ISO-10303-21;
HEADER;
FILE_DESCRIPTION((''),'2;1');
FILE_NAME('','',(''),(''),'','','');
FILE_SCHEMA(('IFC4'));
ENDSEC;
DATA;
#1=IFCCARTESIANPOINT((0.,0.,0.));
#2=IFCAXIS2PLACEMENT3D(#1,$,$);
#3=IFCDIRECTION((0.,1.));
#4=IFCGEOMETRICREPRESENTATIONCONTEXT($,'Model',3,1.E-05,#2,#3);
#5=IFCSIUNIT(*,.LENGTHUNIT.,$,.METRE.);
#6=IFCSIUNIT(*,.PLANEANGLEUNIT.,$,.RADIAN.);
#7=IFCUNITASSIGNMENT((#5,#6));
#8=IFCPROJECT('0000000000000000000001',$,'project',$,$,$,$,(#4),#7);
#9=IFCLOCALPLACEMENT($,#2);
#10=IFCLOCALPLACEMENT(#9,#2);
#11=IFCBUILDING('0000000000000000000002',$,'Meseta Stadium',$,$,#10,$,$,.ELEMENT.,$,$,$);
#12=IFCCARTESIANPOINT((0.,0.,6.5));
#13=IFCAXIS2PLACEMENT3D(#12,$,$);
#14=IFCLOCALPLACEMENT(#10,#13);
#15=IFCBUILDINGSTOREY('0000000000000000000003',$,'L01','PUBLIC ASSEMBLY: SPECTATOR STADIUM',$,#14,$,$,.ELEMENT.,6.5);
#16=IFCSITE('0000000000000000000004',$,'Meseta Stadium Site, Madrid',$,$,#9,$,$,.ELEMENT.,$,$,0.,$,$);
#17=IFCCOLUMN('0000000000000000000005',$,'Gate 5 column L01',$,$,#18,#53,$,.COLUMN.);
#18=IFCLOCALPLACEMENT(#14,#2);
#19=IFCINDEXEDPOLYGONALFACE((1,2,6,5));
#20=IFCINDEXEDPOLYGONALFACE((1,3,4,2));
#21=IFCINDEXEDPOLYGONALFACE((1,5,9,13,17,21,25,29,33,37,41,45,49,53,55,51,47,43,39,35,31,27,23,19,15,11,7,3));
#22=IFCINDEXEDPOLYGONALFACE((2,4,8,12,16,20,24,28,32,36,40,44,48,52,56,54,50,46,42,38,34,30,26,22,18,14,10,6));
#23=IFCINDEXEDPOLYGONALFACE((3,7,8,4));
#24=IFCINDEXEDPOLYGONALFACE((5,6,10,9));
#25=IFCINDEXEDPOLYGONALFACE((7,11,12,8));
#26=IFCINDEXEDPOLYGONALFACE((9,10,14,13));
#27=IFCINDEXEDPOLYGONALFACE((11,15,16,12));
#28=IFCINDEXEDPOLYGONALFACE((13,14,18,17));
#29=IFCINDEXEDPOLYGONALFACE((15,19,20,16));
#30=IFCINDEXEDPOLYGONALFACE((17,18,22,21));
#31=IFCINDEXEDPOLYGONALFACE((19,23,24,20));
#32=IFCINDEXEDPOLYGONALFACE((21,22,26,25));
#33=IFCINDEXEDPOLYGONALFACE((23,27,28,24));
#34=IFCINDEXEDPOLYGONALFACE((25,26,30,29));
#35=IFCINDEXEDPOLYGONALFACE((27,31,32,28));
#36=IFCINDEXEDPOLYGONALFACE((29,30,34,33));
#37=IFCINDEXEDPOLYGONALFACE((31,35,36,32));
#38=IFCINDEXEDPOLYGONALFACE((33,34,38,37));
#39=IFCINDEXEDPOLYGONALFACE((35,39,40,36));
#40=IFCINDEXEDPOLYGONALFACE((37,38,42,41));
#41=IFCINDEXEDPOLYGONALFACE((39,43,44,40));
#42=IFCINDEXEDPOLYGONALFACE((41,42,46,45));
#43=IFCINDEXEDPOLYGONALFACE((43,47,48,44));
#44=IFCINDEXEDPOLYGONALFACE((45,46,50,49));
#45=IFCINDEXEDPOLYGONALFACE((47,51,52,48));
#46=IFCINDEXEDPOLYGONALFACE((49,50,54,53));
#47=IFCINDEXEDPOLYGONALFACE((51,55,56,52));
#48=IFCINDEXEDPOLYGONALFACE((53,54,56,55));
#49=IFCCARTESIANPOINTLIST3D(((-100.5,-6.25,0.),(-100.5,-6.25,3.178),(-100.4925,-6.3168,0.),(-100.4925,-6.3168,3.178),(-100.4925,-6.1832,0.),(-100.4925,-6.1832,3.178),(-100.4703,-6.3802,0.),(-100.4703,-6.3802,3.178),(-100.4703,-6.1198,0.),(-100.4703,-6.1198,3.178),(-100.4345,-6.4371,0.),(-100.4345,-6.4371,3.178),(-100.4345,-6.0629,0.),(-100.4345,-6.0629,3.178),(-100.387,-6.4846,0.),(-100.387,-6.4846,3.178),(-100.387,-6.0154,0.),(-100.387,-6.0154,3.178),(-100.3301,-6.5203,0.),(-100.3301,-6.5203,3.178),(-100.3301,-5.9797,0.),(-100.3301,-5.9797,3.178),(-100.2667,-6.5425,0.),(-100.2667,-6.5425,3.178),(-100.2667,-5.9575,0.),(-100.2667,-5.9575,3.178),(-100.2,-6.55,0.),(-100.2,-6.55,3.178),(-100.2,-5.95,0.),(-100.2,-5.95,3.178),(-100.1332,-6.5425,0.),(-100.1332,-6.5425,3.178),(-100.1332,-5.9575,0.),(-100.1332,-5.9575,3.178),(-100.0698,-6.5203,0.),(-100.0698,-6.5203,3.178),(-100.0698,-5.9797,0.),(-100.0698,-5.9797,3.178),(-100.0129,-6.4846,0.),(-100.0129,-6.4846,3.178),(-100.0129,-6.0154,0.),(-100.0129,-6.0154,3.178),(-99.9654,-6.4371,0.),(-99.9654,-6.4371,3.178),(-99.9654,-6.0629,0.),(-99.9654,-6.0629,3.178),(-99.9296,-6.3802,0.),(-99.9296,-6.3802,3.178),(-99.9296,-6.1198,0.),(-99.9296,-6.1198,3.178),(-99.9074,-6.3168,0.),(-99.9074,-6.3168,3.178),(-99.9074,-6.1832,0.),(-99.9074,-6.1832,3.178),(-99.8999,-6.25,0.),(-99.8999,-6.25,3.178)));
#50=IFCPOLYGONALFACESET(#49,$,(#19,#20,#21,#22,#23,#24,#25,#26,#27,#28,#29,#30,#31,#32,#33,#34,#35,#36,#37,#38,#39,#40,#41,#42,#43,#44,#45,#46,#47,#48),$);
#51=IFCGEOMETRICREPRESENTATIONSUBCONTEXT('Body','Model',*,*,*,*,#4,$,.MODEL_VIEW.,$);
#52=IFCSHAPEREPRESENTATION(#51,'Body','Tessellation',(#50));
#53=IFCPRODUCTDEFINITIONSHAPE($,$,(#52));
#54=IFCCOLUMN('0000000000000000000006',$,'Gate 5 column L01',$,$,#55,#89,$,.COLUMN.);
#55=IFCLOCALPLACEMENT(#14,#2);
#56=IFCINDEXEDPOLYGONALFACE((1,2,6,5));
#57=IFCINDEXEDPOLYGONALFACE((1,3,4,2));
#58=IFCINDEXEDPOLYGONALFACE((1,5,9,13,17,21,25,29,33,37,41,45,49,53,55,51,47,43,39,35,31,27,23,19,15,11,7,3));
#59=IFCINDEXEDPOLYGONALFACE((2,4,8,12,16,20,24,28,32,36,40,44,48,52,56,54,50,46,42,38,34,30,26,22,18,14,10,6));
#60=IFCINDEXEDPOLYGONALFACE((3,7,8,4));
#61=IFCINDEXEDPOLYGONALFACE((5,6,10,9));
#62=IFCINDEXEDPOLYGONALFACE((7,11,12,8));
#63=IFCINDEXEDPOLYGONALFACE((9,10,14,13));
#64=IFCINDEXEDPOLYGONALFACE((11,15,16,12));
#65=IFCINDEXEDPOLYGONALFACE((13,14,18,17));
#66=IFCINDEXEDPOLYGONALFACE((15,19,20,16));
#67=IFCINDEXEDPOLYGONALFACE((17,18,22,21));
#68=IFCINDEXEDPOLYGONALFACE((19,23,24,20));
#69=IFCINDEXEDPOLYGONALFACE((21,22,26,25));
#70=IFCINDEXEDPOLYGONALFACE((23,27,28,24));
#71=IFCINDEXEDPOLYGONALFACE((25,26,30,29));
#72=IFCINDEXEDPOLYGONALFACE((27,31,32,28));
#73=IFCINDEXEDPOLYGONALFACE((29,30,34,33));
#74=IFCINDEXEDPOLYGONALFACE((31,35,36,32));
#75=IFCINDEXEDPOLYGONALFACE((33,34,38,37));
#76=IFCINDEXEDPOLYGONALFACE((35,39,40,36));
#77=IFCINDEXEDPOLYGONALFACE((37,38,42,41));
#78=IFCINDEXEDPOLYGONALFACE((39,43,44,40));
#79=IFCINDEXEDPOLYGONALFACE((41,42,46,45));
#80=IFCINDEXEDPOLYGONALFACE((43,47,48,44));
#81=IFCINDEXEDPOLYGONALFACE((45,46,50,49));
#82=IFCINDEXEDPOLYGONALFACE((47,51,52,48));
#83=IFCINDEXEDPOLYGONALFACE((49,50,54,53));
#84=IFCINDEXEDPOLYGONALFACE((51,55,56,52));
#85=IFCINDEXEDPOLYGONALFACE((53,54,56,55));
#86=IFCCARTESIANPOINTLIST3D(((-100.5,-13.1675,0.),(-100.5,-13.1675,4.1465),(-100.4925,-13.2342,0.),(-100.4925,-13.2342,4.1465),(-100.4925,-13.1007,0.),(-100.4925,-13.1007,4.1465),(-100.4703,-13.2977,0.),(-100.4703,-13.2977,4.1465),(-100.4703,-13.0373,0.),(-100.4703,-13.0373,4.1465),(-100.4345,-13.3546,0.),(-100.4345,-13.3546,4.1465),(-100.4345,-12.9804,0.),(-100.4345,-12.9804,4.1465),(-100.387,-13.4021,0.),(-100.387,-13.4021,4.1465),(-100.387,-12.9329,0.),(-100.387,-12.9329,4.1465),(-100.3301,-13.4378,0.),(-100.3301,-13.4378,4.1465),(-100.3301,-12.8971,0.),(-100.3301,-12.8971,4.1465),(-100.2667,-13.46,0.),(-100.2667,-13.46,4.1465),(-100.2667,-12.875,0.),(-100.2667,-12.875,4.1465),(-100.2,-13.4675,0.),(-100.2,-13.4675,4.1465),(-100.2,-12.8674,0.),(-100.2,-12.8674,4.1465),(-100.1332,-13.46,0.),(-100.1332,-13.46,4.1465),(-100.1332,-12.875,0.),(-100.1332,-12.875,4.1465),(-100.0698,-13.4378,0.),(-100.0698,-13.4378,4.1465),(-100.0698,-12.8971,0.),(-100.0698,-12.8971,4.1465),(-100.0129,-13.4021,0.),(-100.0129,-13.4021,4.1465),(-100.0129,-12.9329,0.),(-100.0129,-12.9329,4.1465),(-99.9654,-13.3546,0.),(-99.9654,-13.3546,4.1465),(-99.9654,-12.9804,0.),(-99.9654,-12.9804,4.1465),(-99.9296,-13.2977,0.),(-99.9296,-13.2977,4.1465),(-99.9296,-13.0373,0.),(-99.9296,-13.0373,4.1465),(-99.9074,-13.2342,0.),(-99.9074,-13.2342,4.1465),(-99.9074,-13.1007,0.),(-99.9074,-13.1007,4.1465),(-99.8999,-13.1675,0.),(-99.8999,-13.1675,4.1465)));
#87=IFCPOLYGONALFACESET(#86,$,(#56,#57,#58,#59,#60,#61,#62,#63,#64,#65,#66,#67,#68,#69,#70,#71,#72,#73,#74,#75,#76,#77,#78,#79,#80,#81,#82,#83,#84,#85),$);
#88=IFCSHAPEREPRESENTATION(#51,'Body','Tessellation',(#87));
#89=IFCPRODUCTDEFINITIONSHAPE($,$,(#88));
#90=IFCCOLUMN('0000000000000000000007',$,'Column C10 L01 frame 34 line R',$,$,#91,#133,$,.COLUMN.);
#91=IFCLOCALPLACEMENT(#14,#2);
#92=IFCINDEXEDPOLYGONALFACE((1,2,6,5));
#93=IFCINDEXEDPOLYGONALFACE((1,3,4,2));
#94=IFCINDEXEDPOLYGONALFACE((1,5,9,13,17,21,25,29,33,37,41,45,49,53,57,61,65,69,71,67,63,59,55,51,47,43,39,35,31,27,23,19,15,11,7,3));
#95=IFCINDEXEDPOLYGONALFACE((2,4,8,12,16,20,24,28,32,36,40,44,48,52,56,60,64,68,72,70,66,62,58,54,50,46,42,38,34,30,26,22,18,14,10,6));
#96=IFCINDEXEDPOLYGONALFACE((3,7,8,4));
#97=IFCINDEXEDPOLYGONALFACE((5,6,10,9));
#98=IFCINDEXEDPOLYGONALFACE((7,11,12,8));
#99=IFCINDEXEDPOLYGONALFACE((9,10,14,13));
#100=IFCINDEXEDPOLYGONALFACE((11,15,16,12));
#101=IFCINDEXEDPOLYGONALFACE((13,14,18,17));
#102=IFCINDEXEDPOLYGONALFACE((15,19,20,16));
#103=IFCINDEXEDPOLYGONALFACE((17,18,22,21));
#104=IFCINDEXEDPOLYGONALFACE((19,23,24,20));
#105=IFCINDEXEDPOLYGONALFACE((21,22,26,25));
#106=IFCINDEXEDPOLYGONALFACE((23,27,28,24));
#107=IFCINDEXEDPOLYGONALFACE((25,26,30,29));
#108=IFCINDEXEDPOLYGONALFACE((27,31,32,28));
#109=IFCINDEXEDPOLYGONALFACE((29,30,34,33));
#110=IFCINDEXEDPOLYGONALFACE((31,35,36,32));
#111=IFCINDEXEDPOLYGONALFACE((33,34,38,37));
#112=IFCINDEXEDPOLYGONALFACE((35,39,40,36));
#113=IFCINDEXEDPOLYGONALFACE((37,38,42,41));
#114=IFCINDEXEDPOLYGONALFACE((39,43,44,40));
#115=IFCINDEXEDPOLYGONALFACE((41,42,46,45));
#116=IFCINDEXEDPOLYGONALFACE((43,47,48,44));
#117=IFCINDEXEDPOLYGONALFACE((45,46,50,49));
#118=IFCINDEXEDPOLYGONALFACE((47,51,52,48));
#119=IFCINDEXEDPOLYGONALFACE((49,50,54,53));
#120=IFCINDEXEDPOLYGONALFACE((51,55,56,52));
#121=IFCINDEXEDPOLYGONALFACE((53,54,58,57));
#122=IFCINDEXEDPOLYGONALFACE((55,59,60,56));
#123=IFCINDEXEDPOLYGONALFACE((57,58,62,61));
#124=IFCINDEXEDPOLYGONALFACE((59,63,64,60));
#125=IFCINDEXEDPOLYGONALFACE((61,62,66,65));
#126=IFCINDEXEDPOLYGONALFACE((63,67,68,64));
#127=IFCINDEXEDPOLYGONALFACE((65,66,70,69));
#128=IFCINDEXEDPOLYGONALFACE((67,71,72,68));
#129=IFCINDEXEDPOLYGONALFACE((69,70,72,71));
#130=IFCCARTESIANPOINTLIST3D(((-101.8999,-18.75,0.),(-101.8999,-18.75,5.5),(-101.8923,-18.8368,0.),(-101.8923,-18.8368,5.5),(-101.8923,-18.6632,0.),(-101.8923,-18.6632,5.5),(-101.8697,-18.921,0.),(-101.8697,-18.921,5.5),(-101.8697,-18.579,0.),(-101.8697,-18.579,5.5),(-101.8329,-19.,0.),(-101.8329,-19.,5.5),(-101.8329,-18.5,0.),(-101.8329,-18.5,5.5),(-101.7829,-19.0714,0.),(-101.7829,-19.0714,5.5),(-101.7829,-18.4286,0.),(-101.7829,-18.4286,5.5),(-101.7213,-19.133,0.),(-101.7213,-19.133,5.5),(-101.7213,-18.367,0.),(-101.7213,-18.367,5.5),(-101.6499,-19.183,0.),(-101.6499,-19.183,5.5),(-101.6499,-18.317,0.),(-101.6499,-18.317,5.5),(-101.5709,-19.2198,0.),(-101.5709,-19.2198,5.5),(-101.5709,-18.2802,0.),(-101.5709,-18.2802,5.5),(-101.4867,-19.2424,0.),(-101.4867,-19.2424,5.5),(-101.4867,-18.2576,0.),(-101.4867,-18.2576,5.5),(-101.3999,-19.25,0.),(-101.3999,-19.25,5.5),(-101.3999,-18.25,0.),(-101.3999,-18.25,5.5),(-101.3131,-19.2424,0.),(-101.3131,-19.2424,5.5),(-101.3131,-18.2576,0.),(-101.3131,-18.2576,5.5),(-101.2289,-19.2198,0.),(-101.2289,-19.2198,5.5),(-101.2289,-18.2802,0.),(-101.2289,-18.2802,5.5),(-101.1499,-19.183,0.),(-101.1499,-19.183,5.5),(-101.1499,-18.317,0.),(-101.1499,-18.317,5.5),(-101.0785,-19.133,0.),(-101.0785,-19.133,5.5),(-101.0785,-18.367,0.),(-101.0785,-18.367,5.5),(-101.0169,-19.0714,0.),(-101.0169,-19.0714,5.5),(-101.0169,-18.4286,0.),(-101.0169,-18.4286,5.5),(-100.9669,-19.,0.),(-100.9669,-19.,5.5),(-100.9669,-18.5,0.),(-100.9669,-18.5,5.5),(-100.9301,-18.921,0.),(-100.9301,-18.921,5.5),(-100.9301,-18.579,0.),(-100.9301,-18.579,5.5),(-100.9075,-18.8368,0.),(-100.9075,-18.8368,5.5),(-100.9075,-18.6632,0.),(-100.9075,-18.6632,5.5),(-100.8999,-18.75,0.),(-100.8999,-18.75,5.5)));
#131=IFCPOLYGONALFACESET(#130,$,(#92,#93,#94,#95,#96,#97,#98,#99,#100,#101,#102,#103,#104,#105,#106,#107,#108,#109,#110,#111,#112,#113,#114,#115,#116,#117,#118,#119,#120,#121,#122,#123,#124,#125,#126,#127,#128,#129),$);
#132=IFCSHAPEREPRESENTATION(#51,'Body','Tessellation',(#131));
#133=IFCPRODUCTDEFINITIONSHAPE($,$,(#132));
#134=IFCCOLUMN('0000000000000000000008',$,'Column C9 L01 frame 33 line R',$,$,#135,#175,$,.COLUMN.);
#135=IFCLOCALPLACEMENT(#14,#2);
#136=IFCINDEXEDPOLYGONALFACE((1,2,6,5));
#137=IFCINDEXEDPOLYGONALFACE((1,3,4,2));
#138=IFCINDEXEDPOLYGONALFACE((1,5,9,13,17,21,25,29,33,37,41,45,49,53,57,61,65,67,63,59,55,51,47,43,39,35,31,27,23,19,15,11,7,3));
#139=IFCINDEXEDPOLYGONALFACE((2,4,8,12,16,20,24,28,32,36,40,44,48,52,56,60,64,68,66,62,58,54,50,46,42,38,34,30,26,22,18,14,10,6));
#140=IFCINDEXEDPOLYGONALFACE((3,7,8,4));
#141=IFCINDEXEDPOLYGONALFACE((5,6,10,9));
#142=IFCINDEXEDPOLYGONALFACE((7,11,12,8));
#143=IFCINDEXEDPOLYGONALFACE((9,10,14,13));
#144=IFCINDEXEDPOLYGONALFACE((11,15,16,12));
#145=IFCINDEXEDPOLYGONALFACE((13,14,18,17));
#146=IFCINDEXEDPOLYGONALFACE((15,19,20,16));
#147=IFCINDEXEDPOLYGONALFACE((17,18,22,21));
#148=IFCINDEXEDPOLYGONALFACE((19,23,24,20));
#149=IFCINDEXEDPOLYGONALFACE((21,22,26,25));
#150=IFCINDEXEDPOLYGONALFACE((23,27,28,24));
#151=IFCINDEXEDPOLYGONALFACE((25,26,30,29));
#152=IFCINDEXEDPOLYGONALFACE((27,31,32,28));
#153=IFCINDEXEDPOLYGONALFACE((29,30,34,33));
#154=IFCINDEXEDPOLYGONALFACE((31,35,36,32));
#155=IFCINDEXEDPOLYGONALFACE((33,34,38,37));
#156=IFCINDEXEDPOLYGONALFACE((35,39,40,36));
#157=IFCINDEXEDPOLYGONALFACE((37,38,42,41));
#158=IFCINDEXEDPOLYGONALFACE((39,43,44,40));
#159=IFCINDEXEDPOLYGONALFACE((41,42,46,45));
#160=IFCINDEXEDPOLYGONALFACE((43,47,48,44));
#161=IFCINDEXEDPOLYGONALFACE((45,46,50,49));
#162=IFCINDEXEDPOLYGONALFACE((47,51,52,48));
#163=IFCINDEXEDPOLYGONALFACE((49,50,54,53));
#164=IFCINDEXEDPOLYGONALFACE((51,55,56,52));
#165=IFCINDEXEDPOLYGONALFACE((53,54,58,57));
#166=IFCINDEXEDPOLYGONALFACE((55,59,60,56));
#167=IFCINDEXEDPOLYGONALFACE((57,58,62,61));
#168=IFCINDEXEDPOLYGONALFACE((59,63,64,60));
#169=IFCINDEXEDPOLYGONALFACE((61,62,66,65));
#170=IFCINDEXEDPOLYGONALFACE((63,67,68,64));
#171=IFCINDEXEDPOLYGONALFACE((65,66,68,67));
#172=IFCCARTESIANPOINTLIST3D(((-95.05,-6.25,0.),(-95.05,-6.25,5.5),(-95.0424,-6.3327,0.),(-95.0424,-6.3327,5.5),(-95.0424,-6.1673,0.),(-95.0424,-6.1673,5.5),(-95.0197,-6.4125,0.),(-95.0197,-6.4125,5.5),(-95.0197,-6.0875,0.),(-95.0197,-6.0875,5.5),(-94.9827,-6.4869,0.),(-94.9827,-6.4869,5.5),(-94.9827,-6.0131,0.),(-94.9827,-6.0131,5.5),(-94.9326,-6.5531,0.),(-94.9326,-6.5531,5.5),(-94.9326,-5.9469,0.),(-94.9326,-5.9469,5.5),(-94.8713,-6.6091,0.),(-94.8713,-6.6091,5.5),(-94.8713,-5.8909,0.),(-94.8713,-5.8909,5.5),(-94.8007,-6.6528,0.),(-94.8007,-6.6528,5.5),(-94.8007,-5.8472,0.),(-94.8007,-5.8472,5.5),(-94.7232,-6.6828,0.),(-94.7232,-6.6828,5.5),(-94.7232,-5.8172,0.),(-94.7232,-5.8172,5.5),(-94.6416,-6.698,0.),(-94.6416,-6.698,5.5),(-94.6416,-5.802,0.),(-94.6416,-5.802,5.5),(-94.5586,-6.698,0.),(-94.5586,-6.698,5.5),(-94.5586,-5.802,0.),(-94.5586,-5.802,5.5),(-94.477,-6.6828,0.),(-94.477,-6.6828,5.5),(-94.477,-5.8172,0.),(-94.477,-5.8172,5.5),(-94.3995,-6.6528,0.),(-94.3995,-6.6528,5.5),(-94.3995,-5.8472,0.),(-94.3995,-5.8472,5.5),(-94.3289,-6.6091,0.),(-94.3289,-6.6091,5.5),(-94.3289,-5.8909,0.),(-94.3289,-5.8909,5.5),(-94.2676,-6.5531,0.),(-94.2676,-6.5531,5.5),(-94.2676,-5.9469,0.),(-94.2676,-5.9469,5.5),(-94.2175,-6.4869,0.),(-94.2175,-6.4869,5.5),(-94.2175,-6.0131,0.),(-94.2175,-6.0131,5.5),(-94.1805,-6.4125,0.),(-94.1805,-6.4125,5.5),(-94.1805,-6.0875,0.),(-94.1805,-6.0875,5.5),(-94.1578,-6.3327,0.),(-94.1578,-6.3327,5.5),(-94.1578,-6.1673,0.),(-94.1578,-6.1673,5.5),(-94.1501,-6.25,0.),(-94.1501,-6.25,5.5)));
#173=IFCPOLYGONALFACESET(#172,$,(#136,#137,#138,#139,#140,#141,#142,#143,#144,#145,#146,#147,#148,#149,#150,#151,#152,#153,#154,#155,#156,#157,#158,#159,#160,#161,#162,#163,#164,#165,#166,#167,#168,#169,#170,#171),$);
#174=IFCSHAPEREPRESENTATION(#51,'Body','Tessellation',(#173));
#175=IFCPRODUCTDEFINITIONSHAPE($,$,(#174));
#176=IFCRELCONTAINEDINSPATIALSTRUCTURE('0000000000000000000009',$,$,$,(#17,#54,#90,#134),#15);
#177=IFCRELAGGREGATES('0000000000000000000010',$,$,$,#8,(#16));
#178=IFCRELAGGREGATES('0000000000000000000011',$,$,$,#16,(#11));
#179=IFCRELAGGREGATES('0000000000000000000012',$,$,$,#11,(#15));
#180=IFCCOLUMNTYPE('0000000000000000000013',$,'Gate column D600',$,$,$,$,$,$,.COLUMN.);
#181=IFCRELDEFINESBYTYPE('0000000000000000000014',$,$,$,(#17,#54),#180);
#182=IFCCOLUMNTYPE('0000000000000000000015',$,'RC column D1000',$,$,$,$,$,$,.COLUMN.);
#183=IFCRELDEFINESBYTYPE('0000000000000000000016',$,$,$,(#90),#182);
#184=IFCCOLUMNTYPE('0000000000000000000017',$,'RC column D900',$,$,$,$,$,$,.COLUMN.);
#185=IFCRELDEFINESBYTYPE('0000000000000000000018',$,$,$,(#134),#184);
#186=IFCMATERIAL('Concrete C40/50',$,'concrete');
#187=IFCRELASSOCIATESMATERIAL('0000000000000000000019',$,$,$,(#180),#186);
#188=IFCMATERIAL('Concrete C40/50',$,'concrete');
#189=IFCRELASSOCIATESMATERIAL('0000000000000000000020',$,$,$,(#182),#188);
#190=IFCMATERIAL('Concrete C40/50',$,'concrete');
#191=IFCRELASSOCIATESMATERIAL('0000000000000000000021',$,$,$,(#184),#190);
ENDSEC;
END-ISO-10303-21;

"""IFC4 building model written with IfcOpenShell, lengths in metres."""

from ifc_helpers import new_model, si_unit, direction, frame, origin, origin_2d, place, context, subcontext, project, spatial, circle, extrude, material, material_profile, profile_set, type_object, element, save


model = new_model("IFC4")

# Units and contexts
model_context = context("Model", 3, precision=1e-05, world=origin(), true_north=direction((0.0, 1.0)))
body_context = subcontext(model_context, "Body", "Model", "MODEL_VIEW")
ifc_project = project(units=[si_unit("LENGTHUNIT", "METRE"), si_unit("PLANEANGLEUNIT", "RADIAN")], contexts=[model_context])

# Site, building, storey
site_placement = place(None, origin())
site = spatial("IfcSite", under=ifc_project, at=site_placement, Name="Meseta Stadium Site, Madrid", CompositionType="ELEMENT", RefElevation=0.0)
building_placement = place(site_placement, origin())
building = spatial("IfcBuilding", under=site, at=building_placement, Name="Meseta Stadium", CompositionType="ELEMENT")
storey_placement = place(building_placement, frame((0.0, 0.0, 6.5)))
storey = spatial("IfcBuildingStorey", under=building, at=storey_placement, Name="L01", Description="PUBLIC ASSEMBLY: SPECTATOR STADIUM", CompositionType="ELEMENT", Elevation=6.5)

# Columns
ifc_material_1 = material(Name="Concrete C40/50", Category="concrete")
ifc_material_profile_1 = material_profile(ifc_material_1, circle(Radius=0.3, at=origin_2d()), Name="RC D600")
ifc_profile_set_1 = profile_set([ifc_material_profile_1], Name="Concrete C40/50")
column_type_1 = type_object("IfcColumnType", Name="Gate column D600", PredefinedType="COLUMN", material=ifc_profile_set_1)
column_1_placement = place(storey_placement, frame((-100.2, -6.25, 0.0), z_axis=(0.0, 0.0, 1.0), x_axis=(1.0, 0.0, 0.0)))
element("IfcColumn", 1, at=column_1_placement, inside=storey, type_object=column_type_1, Name="Gate 5 column L01", PredefinedType="COLUMN", context=body_context, shape_type="SweptSolid", body=[
    extrude(circle(Radius=0.3, at=origin_2d()), origin(), (0.0, 0.0, 1.0), 3.178),
])
column_2_placement = place(storey_placement, frame((-100.2, -13.1675, 0.0), z_axis=(0.0, 0.0, 1.0), x_axis=(1.0, 0.0, 0.0)))
element("IfcColumn", 2, at=column_2_placement, inside=storey, type_object=column_type_1, Name="Gate 5 column L01", PredefinedType="COLUMN", context=body_context, shape_type="SweptSolid", body=[
    extrude(circle(Radius=0.3, at=origin_2d()), origin(), (0.0, 0.0, 1.0), 4.1465),
])
ifc_material_2 = material(Name="Concrete C40/50", Category="concrete")
ifc_material_profile_2 = material_profile(ifc_material_2, circle(Radius=0.5, at=origin_2d()), Name="RC D1000")
ifc_profile_set_2 = profile_set([ifc_material_profile_2], Name="Concrete C40/50")
column_type_2 = type_object("IfcColumnType", Name="RC column D1000", PredefinedType="COLUMN", material=ifc_profile_set_2)
column_3_placement = place(storey_placement, frame((-101.3999, -18.75, 0.0), z_axis=(0.0, 0.0, 1.0), x_axis=(1.0, 0.0, 0.0)))
element("IfcColumn", 3, at=column_3_placement, inside=storey, type_object=column_type_2, Name="Column C10 L01 frame 34 line R", PredefinedType="COLUMN", context=body_context, shape_type="SweptSolid", body=[
    extrude(circle(Radius=0.5, at=origin_2d()), origin(), (0.0, 0.0, 1.0), 5.5),
])
ifc_material_3 = material(Name="Concrete C40/50", Category="concrete")
ifc_material_profile_3 = material_profile(ifc_material_3, circle(Radius=0.45, at=origin_2d()), Name="RC D900")
ifc_profile_set_3 = profile_set([ifc_material_profile_3], Name="Concrete C40/50")
column_type_3 = type_object("IfcColumnType", Name="RC column D900", PredefinedType="COLUMN", material=ifc_profile_set_3)
column_4_placement = place(storey_placement, frame((-94.6001, -6.25, 0.0), z_axis=(0.0, 0.0, 1.0), x_axis=(1.0, 0.0, 0.0)))
element("IfcColumn", 4, at=column_4_placement, inside=storey, type_object=column_type_3, Name="Column C9 L01 frame 33 line R", PredefinedType="COLUMN", context=body_context, shape_type="SweptSolid", body=[
    extrude(circle(Radius=0.45, at=origin_2d()), origin(), (0.0, 0.0, 1.0), 5.5),
])

save(model, "model.ifc")
